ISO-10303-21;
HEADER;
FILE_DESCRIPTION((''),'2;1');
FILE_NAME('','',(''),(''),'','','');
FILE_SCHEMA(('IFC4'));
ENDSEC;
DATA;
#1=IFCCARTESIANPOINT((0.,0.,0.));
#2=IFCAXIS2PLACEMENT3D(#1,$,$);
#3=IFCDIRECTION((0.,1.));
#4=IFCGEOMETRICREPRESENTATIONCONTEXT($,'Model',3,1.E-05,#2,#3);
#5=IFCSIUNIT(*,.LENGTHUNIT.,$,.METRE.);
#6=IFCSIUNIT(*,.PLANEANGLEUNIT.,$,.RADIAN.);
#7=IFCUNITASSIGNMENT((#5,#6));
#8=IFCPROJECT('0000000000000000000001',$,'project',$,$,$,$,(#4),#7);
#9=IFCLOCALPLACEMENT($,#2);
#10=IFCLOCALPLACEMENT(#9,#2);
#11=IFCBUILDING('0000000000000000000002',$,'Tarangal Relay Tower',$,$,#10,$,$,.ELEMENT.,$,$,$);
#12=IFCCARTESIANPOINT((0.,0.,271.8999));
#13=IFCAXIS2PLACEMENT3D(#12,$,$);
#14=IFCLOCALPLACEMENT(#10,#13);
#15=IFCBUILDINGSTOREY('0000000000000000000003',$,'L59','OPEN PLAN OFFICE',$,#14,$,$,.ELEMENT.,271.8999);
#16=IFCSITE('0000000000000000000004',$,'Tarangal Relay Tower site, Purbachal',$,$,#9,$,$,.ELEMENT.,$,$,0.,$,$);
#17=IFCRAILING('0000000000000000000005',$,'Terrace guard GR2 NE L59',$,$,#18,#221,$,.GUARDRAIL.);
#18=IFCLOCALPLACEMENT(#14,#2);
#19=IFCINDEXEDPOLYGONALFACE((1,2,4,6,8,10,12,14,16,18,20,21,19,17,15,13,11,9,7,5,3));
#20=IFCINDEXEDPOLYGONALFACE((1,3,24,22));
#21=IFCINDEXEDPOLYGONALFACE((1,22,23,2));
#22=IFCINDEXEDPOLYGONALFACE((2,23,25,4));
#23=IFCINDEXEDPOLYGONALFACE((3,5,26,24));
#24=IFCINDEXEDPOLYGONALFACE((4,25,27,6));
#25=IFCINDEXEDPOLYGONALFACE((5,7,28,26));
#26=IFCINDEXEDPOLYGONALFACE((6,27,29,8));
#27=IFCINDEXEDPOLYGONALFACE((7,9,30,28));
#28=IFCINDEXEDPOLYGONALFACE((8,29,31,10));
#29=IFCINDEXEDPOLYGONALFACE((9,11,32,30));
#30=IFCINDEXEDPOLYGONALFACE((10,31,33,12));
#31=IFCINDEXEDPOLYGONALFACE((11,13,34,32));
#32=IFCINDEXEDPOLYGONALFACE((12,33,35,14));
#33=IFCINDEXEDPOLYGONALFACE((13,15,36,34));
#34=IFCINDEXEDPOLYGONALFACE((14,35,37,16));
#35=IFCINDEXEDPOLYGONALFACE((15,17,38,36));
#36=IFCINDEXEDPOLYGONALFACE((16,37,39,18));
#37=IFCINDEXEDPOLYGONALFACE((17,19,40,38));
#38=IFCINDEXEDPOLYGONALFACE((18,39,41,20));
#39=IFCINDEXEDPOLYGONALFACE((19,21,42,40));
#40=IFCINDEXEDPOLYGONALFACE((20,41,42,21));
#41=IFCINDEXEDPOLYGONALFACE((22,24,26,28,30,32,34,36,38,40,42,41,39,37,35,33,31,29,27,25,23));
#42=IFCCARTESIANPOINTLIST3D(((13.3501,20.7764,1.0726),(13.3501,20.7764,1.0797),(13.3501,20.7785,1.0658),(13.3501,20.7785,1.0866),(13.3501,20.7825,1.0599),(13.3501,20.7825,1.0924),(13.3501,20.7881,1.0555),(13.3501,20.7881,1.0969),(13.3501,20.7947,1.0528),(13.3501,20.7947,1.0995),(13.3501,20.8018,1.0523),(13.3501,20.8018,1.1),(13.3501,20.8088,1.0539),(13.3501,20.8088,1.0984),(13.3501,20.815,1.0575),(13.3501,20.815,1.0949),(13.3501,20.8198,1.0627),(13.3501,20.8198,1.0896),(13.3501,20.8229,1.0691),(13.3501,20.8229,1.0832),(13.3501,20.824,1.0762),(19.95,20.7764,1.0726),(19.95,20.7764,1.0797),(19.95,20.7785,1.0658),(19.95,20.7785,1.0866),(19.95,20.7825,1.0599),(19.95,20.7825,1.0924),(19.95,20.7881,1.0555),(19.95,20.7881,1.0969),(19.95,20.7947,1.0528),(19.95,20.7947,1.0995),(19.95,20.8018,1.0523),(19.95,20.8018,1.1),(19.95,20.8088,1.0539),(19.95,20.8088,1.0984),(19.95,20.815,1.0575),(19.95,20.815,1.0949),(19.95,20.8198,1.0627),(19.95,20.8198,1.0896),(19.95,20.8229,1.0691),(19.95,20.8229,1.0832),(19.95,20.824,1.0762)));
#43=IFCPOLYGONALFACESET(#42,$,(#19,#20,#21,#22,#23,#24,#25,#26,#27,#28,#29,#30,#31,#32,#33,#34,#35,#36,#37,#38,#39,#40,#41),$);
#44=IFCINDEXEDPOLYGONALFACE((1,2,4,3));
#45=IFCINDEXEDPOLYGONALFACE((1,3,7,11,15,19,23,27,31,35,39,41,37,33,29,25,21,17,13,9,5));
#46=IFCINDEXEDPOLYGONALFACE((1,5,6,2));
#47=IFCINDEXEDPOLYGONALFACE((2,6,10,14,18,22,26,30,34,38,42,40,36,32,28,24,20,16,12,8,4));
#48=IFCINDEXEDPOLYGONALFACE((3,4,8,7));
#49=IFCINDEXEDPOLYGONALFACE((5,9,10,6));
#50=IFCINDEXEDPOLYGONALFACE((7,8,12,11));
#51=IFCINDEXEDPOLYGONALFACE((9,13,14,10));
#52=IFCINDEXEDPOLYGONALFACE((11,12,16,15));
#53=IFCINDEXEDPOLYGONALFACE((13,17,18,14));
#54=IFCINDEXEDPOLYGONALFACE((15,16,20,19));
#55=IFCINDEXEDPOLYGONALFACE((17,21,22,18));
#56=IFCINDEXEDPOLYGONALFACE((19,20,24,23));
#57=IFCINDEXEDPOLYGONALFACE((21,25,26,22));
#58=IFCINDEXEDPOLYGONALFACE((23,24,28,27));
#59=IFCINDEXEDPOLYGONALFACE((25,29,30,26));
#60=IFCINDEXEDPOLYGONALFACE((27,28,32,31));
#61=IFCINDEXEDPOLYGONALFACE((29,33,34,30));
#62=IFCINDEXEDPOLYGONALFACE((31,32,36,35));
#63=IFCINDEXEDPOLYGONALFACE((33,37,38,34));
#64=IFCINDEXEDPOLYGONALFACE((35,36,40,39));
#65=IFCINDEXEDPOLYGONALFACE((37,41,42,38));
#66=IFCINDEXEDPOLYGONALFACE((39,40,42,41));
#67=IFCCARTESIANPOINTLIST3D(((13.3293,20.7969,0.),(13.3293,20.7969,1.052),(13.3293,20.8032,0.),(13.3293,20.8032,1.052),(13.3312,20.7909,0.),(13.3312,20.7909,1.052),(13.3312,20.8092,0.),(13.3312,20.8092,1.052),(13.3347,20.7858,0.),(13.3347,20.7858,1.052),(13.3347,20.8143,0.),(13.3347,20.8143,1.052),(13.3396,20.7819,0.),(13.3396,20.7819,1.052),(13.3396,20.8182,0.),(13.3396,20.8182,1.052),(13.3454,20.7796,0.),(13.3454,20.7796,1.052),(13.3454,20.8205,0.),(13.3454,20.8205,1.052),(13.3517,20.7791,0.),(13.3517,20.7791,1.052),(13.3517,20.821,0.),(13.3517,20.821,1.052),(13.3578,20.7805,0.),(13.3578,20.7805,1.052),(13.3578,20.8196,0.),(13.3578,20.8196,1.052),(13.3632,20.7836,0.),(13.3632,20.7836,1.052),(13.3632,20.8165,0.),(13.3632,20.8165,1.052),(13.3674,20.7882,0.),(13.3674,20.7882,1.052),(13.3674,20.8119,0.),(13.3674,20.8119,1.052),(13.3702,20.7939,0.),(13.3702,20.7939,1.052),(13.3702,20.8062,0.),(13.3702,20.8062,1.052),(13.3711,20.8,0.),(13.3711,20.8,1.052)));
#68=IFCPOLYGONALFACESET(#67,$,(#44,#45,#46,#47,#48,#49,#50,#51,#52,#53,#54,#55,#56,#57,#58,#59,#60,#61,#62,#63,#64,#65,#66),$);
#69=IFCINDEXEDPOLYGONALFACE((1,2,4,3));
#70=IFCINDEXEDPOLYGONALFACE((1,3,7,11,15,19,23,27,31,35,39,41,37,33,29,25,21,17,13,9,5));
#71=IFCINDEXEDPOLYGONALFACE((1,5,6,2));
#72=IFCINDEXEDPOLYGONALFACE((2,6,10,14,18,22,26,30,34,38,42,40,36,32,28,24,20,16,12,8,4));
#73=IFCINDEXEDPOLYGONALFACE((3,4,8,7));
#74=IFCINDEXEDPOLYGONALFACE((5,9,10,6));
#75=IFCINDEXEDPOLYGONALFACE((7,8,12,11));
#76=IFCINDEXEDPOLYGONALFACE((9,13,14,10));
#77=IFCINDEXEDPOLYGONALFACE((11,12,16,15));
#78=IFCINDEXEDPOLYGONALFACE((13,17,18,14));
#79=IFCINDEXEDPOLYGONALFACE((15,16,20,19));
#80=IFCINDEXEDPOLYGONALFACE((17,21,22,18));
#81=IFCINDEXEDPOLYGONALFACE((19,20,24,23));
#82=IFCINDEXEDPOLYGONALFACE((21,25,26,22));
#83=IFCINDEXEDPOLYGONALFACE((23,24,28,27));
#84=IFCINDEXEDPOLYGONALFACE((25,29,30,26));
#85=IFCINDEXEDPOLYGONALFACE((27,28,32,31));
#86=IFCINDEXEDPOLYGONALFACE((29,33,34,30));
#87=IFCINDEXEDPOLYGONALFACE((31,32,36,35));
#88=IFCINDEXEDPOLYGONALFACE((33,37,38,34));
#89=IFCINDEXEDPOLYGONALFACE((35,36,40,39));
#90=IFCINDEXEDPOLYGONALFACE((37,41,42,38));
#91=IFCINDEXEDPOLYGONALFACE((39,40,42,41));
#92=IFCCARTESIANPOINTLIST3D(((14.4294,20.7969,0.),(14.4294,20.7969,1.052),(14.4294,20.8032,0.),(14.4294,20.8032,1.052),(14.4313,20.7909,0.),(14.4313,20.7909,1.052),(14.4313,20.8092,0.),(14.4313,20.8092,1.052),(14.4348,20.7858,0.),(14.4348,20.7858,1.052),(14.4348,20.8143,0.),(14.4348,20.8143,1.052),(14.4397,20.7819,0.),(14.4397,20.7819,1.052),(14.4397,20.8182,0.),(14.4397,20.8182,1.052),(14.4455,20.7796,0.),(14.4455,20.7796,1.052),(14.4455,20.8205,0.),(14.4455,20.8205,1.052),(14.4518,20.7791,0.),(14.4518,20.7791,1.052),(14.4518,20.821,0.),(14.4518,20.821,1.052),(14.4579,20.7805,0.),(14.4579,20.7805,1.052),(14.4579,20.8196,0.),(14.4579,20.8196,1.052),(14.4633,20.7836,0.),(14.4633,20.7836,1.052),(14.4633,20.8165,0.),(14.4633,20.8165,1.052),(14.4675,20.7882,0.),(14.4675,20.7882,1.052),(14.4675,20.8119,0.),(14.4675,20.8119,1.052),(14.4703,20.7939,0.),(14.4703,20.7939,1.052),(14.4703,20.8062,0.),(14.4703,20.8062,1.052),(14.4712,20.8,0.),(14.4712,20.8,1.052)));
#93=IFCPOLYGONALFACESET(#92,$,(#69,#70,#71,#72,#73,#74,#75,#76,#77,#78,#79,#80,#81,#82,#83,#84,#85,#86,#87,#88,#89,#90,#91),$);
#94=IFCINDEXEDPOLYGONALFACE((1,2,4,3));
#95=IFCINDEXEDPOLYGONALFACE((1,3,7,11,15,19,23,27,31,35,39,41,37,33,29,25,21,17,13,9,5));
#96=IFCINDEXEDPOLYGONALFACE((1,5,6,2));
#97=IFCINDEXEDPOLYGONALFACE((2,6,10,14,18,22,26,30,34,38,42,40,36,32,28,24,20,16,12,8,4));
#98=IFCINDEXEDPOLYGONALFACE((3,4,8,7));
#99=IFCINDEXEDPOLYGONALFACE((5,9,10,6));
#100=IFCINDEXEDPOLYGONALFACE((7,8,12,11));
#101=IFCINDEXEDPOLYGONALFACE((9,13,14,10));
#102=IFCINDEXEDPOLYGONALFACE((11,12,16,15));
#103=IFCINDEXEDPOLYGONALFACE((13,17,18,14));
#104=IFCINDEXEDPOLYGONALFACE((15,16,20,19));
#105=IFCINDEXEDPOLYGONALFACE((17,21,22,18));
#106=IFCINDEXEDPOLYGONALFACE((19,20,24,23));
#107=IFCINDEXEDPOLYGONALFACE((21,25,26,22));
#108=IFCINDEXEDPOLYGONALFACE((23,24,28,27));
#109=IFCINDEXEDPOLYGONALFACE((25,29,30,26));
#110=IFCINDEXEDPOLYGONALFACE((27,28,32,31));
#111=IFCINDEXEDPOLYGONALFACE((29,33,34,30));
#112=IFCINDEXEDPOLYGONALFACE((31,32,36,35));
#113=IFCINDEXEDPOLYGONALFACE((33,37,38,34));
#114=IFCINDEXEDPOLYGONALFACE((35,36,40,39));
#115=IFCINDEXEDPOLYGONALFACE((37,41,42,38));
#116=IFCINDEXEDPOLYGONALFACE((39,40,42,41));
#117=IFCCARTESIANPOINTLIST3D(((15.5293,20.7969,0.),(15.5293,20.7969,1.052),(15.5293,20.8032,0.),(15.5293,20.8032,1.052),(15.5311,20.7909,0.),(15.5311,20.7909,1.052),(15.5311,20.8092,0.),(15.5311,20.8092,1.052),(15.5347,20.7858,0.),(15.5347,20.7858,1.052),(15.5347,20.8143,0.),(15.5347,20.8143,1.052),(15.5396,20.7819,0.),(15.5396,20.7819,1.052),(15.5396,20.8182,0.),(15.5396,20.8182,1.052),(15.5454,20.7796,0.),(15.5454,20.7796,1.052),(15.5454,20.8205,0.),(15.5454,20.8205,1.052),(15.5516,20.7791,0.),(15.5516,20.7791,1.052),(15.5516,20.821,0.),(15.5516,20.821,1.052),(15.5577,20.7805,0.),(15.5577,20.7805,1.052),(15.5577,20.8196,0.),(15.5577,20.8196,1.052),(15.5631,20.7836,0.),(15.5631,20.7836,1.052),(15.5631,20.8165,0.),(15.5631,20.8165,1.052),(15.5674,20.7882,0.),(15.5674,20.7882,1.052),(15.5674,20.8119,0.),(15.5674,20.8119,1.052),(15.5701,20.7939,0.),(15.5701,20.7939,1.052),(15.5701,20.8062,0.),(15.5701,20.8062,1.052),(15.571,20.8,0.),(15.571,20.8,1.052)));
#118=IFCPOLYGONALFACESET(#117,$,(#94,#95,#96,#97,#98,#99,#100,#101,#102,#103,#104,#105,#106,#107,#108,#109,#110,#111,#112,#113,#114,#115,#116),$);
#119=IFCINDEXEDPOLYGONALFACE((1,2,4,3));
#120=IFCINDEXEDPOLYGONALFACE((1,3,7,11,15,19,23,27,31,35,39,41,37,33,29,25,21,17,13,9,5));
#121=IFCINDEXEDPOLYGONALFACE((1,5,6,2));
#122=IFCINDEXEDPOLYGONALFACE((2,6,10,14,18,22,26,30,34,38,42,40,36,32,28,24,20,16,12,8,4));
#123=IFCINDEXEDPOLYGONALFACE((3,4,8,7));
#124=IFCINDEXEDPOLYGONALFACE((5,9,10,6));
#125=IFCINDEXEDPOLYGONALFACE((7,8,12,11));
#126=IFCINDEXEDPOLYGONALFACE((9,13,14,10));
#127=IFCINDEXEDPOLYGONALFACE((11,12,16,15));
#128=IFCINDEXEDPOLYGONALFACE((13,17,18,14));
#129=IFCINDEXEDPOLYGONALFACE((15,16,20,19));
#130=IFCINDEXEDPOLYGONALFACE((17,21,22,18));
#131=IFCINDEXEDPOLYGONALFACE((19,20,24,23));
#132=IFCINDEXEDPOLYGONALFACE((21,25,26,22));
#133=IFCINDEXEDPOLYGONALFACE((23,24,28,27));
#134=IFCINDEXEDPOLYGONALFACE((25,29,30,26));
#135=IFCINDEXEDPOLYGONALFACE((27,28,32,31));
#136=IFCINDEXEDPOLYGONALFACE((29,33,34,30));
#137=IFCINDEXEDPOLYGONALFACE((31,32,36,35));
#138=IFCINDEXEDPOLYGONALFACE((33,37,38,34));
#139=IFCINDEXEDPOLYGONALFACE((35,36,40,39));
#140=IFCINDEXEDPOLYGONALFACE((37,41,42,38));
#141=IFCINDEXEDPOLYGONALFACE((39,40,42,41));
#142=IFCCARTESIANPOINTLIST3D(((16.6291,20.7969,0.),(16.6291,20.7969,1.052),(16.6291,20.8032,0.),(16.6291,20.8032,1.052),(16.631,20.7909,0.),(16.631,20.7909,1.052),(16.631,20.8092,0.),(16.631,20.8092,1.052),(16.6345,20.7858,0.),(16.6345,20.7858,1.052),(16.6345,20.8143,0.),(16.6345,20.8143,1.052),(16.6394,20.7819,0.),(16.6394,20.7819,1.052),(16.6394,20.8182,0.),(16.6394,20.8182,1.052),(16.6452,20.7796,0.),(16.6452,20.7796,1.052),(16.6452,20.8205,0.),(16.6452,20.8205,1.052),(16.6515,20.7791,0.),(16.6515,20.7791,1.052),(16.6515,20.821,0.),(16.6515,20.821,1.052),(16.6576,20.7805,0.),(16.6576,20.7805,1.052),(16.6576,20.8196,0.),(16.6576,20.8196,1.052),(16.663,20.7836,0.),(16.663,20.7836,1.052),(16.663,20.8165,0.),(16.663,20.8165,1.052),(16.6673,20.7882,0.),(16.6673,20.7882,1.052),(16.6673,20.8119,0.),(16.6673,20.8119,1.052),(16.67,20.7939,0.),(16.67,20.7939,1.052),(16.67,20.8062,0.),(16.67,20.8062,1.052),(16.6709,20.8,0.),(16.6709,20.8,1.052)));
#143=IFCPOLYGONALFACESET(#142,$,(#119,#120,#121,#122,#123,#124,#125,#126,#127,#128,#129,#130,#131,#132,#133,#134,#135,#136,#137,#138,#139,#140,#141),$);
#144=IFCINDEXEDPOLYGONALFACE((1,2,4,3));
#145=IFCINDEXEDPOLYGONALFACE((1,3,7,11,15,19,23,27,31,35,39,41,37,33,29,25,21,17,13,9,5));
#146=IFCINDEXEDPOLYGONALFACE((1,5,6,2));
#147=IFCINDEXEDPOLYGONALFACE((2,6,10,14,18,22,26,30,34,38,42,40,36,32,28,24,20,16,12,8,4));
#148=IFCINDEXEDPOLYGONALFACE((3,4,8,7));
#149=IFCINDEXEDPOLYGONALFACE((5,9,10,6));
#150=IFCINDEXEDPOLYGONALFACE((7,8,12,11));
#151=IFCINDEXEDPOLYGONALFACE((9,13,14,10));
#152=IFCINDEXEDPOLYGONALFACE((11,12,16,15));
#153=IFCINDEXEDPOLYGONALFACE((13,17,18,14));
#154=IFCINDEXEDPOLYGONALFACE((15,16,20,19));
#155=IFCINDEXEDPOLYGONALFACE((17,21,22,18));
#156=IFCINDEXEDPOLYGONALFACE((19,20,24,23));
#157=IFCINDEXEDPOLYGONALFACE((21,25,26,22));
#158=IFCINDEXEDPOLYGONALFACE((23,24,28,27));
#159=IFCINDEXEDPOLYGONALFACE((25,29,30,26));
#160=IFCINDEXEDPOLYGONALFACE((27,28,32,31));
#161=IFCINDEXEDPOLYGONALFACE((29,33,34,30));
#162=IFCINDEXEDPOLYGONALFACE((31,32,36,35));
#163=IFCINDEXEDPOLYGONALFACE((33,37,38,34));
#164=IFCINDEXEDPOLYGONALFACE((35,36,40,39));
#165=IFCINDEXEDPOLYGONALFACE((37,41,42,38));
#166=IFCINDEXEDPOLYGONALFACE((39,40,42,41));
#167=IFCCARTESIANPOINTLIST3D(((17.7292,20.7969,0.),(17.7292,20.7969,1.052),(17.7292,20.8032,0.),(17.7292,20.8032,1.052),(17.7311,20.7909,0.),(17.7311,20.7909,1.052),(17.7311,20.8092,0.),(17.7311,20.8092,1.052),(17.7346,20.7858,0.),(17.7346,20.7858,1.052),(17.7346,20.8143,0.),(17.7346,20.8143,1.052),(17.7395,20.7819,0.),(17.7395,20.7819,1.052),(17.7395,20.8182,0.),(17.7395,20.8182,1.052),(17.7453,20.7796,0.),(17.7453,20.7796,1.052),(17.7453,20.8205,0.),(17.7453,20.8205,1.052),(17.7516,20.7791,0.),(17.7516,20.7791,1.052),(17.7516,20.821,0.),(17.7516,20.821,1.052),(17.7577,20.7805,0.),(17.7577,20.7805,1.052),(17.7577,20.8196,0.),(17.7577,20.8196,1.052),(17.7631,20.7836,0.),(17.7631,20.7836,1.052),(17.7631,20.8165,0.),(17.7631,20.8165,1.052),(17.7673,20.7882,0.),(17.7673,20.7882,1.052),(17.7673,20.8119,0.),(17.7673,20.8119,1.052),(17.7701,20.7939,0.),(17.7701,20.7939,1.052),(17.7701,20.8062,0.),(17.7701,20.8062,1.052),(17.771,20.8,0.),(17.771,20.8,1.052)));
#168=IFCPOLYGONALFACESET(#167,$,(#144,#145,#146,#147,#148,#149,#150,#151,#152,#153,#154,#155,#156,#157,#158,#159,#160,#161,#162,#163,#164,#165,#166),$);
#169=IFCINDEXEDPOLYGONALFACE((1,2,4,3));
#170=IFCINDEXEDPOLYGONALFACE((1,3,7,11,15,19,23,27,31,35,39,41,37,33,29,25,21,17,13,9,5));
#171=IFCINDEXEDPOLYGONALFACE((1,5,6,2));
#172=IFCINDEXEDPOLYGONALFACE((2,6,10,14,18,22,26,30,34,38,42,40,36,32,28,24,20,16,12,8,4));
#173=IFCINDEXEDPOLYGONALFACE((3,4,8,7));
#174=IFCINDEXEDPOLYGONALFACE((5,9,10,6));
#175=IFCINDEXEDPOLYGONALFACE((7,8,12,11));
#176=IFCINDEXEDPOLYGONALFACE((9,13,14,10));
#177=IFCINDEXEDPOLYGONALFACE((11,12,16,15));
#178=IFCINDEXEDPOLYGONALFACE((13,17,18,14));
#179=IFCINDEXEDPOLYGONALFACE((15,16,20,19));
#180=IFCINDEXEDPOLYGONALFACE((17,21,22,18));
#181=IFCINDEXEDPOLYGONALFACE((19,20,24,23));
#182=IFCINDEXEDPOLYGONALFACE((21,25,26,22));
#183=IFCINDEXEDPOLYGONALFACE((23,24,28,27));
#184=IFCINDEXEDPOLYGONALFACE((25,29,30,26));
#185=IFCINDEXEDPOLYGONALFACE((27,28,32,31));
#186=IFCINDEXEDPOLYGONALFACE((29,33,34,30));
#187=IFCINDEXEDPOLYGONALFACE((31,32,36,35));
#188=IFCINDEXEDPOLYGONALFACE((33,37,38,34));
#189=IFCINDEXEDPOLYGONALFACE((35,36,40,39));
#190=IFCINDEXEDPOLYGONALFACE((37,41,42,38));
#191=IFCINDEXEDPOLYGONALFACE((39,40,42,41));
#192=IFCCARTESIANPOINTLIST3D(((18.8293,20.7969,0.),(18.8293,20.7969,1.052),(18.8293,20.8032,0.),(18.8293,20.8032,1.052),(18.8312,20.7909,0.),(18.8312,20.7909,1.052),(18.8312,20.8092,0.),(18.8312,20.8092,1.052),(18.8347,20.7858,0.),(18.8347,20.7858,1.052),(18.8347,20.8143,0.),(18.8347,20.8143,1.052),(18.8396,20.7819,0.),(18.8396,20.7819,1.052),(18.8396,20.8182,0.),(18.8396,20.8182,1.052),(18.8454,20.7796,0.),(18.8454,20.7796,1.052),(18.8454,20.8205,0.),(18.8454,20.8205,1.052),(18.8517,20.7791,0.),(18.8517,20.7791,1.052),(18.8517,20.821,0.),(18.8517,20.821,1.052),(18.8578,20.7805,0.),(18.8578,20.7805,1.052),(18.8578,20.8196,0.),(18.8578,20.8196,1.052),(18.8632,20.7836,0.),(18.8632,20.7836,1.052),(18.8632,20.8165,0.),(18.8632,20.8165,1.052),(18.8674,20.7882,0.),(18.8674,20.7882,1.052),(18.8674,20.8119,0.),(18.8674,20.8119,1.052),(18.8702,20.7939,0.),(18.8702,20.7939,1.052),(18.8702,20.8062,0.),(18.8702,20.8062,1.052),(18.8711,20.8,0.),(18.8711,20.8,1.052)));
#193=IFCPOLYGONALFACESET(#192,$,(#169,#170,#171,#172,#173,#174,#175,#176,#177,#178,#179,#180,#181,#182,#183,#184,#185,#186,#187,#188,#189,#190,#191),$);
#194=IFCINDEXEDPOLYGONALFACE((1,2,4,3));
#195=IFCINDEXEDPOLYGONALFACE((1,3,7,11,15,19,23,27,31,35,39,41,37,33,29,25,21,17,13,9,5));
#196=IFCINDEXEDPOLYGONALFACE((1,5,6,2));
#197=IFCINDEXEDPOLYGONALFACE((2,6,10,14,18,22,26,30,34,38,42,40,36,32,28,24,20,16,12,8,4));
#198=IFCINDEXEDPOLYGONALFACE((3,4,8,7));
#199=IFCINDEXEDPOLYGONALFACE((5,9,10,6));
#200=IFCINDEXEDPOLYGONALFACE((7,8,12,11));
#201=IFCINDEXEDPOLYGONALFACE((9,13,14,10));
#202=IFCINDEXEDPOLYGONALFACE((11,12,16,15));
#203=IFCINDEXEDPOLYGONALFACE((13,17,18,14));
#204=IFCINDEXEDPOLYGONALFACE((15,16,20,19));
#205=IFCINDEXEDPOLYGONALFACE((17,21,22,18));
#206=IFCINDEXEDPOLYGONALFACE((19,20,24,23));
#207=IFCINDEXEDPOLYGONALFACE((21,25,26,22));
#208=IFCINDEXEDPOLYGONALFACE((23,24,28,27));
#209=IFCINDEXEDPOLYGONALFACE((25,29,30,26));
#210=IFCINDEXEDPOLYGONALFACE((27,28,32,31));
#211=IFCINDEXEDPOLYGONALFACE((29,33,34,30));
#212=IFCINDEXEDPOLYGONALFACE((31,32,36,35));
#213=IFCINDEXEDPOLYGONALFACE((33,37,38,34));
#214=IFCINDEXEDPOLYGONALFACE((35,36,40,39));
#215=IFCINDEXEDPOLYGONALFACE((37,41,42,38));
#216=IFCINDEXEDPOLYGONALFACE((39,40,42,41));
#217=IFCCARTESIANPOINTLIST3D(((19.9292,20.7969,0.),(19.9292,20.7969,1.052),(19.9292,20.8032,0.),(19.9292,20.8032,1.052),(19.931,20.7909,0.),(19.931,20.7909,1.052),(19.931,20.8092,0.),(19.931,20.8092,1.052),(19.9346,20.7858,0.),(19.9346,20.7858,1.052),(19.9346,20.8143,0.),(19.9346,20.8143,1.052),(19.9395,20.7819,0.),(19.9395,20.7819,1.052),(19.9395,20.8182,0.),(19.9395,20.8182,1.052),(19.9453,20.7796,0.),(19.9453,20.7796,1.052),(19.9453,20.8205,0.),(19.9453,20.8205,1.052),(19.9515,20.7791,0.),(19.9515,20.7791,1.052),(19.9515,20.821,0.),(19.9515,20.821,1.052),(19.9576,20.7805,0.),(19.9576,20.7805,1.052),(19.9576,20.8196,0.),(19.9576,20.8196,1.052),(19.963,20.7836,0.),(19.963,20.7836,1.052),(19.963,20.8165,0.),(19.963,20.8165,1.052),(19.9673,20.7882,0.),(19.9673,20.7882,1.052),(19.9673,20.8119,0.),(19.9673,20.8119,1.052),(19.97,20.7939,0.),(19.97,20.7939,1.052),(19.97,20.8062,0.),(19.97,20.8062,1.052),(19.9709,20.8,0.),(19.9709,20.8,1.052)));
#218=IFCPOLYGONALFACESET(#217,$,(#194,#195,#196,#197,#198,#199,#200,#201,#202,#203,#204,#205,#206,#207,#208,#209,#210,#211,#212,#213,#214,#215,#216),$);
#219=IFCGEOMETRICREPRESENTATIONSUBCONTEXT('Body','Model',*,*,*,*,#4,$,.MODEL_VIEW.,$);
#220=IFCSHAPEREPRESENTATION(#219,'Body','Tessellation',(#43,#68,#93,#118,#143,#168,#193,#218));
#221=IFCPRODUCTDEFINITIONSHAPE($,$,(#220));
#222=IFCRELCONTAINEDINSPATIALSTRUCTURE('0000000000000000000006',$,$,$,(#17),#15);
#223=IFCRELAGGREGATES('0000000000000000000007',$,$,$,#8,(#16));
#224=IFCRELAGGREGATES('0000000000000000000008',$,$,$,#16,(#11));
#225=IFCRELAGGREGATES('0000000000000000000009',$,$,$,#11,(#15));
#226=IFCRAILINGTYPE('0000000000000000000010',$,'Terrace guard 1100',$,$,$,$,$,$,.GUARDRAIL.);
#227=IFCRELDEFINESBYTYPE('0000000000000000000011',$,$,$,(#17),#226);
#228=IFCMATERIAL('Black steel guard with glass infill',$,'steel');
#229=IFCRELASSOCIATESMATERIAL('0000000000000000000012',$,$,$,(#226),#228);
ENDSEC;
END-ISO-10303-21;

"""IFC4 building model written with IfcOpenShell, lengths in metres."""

from ifc_helpers import new_model, si_unit, direction, frame, origin, origin_2d, place, context, subcontext, project, spatial, circle, extrude, material, type_object, element, save


model = new_model("IFC4")

# Units and contexts
model_context = context("Model", 3, precision=1e-05, world=origin(), true_north=direction((0.0, 1.0)))
body_context = subcontext(model_context, "Body", "Model", "MODEL_VIEW")
ifc_project = project(units=[si_unit("LENGTHUNIT", "METRE"), si_unit("PLANEANGLEUNIT", "RADIAN")], contexts=[model_context])

# Site, building, storey
site_placement = place(None, origin())
site = spatial("IfcSite", under=ifc_project, at=site_placement, Name="Tarangal Relay Tower site, Purbachal", CompositionType="ELEMENT", RefElevation=0.0)
building_placement = place(site_placement, origin())
building = spatial("IfcBuilding", under=site, at=building_placement, Name="Tarangal Relay Tower", CompositionType="ELEMENT")
storey_placement = place(building_placement, frame((0.0, 0.0, 271.8999)))
storey = spatial("IfcBuildingStorey", under=building, at=storey_placement, Name="L59", Description="OPEN PLAN OFFICE", CompositionType="ELEMENT", Elevation=271.8999)

# Railing
ifc_material_1 = material(Name="Black steel guard with glass infill", Category="steel")
railing_type = type_object("IfcRailingType", Name="Terrace guard 1100", PredefinedType="GUARDRAIL", material=ifc_material_1)
railing_1_placement = place(storey_placement, frame((13.3501, 20.8, 0.0)))
element("IfcRailing", 1, at=railing_1_placement, inside=storey, type_object=railing_type, Name="Terrace guard GR2 NE L59", PredefinedType="GUARDRAIL", context=body_context, shape_type="SweptSolid", body=[
    extrude(circle(Radius=0.0239, at=origin_2d()), frame((0.0, 0.0, 1.0762), z_axis=(1.0, 0.0, 0.0), x_axis=(0.0, 1.0, 0.0)), (0.0, 0.0, 1.0), 6.5999),
    extrude(circle(Radius=0.021, at=origin_2d()), origin(), (0.0, 0.0, 1.0), 1.052),
    extrude(circle(Radius=0.021, at=origin_2d()), frame((1.1001, 0.0, 0.0)), (0.0, 0.0, 1.0), 1.052),
    extrude(circle(Radius=0.021, at=origin_2d()), frame((2.2, 0.0, 0.0)), (0.0, 0.0, 1.0), 1.052),
    extrude(circle(Radius=0.021, at=origin_2d()), frame((3.2998, 0.0, 0.0)), (0.0, 0.0, 1.0), 1.052),
    extrude(circle(Radius=0.021, at=origin_2d()), frame((4.3999, 0.0, 0.0)), (0.0, 0.0, 1.0), 1.052),
    extrude(circle(Radius=0.021, at=origin_2d()), frame((5.5, 0.0, 0.0)), (0.0, 0.0, 1.0), 1.052),
    extrude(circle(Radius=0.021, at=origin_2d()), frame((6.5999, 0.0, 0.0)), (0.0, 0.0, 1.0), 1.052),
])

save(model, "model.ifc")
